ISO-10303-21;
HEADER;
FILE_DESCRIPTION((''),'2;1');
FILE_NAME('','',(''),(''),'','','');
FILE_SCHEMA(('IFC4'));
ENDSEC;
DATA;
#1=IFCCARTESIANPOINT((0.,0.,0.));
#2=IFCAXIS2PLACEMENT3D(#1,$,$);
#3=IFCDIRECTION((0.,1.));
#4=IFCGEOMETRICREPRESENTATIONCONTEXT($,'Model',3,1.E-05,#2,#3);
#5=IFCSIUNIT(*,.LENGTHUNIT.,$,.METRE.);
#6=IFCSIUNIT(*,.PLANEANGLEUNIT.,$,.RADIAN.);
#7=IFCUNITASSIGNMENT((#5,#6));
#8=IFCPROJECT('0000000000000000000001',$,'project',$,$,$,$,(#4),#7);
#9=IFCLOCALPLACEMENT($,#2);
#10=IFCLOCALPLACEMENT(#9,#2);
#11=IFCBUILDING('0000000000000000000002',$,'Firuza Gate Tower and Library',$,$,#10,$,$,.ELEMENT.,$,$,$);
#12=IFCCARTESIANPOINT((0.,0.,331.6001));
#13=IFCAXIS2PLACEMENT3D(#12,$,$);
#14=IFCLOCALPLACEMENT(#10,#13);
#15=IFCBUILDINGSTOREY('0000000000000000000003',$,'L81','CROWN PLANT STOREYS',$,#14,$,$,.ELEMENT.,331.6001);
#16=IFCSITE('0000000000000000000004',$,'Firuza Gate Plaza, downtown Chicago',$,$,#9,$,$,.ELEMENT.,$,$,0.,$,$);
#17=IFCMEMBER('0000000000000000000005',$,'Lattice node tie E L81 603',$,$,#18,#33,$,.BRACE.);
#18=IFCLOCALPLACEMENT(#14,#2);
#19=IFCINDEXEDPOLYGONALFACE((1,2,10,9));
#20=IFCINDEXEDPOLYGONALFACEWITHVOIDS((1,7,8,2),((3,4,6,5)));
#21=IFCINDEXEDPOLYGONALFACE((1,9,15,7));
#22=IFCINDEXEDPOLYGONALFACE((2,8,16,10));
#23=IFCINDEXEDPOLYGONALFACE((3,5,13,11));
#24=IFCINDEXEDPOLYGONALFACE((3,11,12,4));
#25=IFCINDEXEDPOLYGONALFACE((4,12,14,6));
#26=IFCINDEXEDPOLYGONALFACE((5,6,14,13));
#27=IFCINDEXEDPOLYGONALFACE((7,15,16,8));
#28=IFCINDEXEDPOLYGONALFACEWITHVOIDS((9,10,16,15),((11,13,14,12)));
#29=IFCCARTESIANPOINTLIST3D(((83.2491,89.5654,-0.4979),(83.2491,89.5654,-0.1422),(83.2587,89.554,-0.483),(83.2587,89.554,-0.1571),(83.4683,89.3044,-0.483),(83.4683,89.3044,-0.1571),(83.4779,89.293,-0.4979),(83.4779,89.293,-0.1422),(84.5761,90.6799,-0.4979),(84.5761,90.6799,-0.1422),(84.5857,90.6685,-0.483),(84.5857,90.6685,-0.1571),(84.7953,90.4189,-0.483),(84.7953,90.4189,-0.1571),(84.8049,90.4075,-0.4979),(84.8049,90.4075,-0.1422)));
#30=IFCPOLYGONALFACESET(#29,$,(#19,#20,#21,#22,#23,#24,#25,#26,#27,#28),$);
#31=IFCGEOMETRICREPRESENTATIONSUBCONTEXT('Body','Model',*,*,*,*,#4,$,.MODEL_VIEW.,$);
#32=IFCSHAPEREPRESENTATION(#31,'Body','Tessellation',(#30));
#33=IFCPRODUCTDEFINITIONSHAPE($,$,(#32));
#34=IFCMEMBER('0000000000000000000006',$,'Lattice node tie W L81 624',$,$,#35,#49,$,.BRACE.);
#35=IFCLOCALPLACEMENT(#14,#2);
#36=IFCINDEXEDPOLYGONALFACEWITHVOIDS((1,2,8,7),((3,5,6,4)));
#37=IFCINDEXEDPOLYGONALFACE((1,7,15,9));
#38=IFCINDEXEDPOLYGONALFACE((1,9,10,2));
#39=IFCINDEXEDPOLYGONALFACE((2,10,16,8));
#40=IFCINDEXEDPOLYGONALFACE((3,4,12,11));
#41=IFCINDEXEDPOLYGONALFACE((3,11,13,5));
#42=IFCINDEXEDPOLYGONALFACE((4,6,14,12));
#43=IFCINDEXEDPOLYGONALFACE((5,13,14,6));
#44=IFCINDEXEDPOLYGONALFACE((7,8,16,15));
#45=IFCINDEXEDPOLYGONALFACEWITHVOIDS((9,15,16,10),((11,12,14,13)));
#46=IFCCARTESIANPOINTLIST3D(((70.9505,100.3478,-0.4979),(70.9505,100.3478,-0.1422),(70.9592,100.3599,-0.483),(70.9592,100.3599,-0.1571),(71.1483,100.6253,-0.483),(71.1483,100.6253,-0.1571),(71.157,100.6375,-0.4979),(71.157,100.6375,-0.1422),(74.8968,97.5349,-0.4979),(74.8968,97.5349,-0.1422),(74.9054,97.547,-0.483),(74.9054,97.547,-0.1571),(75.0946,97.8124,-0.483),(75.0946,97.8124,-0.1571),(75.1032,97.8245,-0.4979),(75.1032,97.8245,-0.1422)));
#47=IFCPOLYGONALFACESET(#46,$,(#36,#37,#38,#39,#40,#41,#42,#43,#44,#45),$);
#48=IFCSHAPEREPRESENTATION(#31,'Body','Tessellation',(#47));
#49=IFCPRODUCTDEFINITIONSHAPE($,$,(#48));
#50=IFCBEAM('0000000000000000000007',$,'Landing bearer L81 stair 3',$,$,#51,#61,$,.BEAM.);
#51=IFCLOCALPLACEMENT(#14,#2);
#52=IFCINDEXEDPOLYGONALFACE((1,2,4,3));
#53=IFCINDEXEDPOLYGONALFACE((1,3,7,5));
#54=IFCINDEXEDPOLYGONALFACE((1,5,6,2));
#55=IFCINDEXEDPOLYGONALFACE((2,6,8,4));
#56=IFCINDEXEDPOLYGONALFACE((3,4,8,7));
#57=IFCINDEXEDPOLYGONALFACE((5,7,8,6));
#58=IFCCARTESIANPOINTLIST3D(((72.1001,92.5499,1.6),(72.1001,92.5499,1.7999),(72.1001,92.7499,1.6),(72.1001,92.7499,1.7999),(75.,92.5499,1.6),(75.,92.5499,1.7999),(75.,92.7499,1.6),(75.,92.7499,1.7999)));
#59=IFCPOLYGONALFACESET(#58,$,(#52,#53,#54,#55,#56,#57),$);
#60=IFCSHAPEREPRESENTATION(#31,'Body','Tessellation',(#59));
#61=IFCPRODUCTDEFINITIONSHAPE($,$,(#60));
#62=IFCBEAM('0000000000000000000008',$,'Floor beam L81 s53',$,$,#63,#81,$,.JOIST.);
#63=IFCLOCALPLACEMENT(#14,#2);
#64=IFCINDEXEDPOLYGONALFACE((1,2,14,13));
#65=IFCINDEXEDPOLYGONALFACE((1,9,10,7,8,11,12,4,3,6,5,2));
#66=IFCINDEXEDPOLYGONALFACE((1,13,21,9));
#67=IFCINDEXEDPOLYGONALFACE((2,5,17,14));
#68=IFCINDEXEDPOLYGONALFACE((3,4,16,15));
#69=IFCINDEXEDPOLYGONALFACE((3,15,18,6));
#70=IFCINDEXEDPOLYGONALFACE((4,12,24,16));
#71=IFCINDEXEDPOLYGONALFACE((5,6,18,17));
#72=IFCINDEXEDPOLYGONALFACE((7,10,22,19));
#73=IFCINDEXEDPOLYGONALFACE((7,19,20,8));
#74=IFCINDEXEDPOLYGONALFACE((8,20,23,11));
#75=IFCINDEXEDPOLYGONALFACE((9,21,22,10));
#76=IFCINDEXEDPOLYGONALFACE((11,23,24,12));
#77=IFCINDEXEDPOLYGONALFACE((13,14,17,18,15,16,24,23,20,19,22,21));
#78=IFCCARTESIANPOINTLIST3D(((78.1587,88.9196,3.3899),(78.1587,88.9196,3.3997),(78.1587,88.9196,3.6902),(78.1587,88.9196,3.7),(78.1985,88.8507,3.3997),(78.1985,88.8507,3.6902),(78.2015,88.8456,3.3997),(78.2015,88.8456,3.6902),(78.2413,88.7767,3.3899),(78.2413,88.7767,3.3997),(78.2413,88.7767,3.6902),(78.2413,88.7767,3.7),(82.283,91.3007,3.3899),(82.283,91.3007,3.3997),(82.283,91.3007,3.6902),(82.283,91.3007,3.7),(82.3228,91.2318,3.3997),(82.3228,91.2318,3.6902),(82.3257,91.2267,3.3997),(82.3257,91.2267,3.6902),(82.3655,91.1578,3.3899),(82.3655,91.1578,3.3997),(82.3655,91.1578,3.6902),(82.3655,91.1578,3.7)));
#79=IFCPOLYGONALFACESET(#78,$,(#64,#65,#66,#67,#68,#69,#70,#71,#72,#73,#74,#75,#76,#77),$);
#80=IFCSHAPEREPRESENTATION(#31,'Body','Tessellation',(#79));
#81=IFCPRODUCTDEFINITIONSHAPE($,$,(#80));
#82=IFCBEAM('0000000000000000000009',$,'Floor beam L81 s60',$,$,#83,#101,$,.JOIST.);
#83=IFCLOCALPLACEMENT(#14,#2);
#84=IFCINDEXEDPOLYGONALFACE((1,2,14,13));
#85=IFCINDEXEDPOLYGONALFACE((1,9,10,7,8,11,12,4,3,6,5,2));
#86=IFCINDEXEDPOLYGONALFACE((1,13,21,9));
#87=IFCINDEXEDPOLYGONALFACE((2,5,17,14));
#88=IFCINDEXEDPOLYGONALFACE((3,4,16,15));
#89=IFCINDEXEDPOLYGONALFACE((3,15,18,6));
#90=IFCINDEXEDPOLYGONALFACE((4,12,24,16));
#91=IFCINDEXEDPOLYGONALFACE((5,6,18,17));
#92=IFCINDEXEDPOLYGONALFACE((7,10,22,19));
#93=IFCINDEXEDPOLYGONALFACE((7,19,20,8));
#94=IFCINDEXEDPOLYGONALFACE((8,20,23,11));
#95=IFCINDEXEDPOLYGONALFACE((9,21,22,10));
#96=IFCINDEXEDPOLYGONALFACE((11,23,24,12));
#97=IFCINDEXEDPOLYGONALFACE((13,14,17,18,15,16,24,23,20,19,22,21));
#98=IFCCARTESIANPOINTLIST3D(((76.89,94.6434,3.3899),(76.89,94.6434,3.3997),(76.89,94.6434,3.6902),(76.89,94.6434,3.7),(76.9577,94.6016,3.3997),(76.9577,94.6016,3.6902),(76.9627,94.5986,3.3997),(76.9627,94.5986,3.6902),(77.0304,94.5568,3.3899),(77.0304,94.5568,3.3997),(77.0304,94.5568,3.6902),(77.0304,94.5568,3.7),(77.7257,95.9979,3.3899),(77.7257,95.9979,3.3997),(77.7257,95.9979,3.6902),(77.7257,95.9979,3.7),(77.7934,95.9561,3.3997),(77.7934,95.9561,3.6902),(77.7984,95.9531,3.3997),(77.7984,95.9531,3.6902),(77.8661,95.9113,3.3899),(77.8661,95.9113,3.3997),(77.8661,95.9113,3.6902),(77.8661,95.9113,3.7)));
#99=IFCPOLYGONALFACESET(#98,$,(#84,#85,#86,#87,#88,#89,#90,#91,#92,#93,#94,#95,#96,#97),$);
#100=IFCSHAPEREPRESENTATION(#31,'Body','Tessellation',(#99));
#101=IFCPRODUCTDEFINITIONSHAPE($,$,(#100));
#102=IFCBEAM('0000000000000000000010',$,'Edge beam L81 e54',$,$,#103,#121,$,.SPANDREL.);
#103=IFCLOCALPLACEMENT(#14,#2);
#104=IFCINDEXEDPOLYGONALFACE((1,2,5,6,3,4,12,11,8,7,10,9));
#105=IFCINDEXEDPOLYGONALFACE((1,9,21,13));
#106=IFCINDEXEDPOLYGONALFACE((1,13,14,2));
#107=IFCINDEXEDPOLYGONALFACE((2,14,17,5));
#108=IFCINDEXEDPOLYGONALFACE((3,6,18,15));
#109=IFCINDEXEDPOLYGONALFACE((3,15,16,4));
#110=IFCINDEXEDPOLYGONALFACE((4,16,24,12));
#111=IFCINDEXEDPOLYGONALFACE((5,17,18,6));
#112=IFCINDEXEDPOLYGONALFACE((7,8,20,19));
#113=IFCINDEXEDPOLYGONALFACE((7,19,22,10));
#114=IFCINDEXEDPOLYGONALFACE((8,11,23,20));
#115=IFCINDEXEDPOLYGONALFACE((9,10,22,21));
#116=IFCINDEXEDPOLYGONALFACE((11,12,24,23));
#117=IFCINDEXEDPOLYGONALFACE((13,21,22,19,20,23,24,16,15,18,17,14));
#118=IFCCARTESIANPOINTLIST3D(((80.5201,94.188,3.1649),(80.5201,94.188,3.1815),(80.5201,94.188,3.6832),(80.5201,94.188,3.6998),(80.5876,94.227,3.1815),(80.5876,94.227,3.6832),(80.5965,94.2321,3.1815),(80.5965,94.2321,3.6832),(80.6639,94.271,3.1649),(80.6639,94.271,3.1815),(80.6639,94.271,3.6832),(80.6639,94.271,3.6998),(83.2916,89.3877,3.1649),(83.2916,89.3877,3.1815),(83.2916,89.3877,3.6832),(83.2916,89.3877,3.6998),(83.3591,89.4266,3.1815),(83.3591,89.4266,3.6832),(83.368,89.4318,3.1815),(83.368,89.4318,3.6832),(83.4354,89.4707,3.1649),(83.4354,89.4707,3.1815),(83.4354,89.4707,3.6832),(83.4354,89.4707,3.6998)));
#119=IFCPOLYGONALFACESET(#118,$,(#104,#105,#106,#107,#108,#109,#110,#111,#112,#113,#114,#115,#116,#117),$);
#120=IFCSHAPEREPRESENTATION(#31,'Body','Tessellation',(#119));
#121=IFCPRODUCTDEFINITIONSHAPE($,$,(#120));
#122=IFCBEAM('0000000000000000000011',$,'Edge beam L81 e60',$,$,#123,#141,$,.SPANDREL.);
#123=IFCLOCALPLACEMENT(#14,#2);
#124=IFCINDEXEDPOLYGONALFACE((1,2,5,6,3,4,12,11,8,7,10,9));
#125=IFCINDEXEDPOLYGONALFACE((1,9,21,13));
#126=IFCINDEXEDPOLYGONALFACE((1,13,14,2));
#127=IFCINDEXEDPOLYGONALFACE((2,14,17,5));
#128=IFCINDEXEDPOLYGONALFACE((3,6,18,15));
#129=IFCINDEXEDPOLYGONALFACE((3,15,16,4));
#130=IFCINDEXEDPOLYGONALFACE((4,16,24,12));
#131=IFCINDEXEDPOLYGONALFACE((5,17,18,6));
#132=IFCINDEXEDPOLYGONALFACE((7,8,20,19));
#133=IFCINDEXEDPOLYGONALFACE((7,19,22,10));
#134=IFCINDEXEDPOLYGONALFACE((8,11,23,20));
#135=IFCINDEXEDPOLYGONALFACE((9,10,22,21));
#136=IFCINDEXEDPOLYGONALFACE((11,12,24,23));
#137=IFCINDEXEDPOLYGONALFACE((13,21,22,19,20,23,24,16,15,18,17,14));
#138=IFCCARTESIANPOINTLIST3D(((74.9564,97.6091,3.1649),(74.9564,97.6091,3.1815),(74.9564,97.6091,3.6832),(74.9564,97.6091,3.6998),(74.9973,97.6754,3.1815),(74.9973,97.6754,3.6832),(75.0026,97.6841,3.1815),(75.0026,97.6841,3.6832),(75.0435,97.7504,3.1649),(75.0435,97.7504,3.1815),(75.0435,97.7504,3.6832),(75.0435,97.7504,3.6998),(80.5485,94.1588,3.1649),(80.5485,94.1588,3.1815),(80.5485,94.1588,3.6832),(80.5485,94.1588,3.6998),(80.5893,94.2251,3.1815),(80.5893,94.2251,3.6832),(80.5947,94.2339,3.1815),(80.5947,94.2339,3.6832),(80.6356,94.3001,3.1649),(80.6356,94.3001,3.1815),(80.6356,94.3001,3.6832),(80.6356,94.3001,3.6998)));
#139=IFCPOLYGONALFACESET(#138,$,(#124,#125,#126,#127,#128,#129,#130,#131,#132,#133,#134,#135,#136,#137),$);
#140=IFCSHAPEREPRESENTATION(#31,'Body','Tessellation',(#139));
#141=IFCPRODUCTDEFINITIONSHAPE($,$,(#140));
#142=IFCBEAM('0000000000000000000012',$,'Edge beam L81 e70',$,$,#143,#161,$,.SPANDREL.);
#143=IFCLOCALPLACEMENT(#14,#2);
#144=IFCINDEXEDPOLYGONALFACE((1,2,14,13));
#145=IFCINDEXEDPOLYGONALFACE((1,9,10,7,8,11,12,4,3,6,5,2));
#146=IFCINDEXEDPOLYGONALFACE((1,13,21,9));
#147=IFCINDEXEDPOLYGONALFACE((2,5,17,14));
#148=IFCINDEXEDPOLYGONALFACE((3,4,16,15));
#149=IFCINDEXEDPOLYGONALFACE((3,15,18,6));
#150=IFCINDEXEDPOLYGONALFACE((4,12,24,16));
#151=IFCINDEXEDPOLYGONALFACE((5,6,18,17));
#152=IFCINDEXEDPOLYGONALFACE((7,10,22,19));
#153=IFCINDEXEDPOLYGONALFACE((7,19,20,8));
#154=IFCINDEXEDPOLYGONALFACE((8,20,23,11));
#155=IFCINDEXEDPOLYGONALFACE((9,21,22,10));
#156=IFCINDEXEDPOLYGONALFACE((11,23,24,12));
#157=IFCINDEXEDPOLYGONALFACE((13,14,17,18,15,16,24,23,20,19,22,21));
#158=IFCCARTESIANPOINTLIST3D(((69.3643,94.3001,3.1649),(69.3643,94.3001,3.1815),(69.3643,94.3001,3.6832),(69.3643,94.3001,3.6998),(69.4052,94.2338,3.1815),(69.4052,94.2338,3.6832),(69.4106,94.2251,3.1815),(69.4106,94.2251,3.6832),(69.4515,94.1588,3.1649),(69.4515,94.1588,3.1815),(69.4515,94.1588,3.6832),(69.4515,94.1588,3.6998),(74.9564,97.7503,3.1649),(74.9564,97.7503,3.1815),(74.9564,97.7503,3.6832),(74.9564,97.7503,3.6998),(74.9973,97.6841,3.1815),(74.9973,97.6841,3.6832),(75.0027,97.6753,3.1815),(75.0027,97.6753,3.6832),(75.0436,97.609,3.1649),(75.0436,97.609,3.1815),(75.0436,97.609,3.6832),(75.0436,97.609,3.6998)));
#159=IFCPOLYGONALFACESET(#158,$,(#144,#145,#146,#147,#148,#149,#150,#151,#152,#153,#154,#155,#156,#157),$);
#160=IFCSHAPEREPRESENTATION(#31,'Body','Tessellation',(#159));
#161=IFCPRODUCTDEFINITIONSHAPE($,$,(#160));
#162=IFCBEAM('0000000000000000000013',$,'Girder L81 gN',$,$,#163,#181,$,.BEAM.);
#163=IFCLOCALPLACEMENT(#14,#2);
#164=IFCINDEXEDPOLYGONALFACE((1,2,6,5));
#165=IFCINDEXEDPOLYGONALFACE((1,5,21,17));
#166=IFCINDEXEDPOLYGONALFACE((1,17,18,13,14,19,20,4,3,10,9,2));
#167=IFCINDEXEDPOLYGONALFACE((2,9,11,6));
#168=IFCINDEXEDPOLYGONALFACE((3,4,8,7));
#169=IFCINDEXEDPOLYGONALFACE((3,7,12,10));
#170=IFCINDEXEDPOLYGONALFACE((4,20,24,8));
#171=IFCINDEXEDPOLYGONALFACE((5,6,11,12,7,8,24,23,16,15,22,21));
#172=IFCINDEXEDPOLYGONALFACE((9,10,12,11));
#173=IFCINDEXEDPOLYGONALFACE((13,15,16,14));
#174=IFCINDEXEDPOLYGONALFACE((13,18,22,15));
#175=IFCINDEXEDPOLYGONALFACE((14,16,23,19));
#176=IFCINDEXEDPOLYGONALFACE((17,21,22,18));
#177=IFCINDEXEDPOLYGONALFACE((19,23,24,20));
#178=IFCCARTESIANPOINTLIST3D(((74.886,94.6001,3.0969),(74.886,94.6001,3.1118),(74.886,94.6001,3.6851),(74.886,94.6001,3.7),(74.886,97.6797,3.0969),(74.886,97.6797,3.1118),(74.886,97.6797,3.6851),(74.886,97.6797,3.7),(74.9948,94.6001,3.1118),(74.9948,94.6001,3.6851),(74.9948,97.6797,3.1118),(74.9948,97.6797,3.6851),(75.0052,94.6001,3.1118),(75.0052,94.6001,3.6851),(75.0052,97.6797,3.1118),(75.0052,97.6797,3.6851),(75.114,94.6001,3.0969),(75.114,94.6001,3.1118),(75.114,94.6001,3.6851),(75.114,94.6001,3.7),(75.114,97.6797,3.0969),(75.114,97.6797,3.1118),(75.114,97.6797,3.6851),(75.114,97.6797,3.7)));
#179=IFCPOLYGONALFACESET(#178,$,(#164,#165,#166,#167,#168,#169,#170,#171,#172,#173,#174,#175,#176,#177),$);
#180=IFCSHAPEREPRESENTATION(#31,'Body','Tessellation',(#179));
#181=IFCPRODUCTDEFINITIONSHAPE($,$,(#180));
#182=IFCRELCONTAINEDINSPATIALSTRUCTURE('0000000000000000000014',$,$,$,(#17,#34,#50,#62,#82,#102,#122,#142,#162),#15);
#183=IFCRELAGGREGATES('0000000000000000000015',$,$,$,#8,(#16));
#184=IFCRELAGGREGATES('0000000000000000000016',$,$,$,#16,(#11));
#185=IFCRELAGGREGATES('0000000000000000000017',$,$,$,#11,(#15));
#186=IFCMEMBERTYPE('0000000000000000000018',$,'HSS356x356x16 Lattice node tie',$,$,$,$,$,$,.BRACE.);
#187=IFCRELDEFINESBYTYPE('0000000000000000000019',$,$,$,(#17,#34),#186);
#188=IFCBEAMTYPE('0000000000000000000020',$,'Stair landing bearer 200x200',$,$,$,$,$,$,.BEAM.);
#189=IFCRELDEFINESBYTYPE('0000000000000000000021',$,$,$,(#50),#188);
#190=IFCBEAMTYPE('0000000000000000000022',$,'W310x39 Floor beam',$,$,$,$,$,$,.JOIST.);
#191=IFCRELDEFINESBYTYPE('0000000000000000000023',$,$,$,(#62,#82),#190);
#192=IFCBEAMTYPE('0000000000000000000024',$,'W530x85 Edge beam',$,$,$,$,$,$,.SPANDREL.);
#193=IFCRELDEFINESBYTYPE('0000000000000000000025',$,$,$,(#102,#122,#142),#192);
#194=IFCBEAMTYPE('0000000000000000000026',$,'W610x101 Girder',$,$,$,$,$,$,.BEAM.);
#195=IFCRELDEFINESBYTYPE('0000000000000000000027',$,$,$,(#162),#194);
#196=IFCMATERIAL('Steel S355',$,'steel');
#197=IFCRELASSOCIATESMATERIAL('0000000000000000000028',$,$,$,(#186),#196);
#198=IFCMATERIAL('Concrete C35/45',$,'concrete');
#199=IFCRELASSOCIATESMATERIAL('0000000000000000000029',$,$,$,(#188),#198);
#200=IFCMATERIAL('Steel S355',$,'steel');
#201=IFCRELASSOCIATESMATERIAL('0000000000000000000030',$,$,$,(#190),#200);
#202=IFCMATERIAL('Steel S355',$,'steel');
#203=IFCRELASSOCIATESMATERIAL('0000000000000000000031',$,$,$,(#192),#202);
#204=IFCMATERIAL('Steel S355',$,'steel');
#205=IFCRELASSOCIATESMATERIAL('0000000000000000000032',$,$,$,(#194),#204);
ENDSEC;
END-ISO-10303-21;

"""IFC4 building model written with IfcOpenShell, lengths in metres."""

from ifc_helpers import new_model, si_unit, direction, frame, origin, origin_2d, place, context, subcontext, project, spatial, rectangle, hollow_rectangle, i_section, extrude, material, material_profile, profile_set, type_object, element, save


model = new_model("IFC4")

# Units and contexts
model_context = context("Model", 3, precision=1e-05, world=origin(), true_north=direction((0.0, 1.0)))
body_context = subcontext(model_context, "Body", "Model", "MODEL_VIEW")
ifc_project = project(units=[si_unit("LENGTHUNIT", "METRE"), si_unit("PLANEANGLEUNIT", "RADIAN")], contexts=[model_context])

# Site, building, storey
site_placement = place(None, origin())
site = spatial("IfcSite", under=ifc_project, at=site_placement, Name="Firuza Gate Plaza, downtown Chicago", CompositionType="ELEMENT", RefElevation=0.0)
building_placement = place(site_placement, origin())
building = spatial("IfcBuilding", under=site, at=building_placement, Name="Firuza Gate Tower and Library", CompositionType="ELEMENT")
storey_placement = place(building_placement, frame((0.0, 0.0, 331.6001)))
storey = spatial("IfcBuildingStorey", under=building, at=storey_placement, Name="L81", Description="CROWN PLANT STOREYS", CompositionType="ELEMENT", Elevation=331.6001)

# Members
ifc_material_1 = material(Name="Steel S355", Category="steel")
ifc_material_profile_1 = material_profile(ifc_material_1, hollow_rectangle(XDim=0.3557, YDim=0.3557, WallThickness=0.0149, at=origin_2d()))
ifc_profile_set_1 = profile_set([ifc_material_profile_1], Name="Steel S355")
member_type_1 = type_object("IfcMemberType", Name="HSS356x356x16 Lattice node tie", PredefinedType="BRACE", material=ifc_profile_set_1)
member_1_placement = place(storey_placement, frame((83.3635, 89.4292, -0.3201), z_axis=(0.765733, 0.643159, 0.0), x_axis=(-0.643159, 0.765733, 0.0)))
element("IfcMember", 1, at=member_1_placement, inside=storey, type_object=member_type_1, Name="Lattice node tie E L81 603", PredefinedType="BRACE", context=body_context, shape_type="SweptSolid", body=[
    extrude(hollow_rectangle(XDim=0.3557, YDim=0.3557, WallThickness=0.0149, at=origin_2d()), origin(), (0.0, 0.0, 1.0), 1.7329),
])
member_2_placement = place(storey_placement, frame((75.0, 97.6797, -0.3201), z_axis=(-0.814298, 0.580447, 0.0), x_axis=(-0.580447, -0.814298, 0.0)))
element("IfcMember", 2, at=member_2_placement, inside=storey, type_object=member_type_1, Name="Lattice node tie W L81 624", PredefinedType="BRACE", context=body_context, shape_type="SweptSolid", body=[
    extrude(hollow_rectangle(XDim=0.3557, YDim=0.3557, WallThickness=0.0149, at=origin_2d()), origin(), (0.0, 0.0, 1.0), 4.8462),
])

# Beams
ifc_material_2 = material(Name="Concrete C35/45", Category="concrete")
ifc_material_profile_2 = material_profile(ifc_material_2, rectangle(XDim=0.2, YDim=0.2, at=origin_2d()))
ifc_profile_set_2 = profile_set([ifc_material_profile_2], Name="Concrete C35/45")
beam_type_1 = type_object("IfcBeamType", Name="Stair landing bearer 200x200", PredefinedType="BEAM", material=ifc_profile_set_2)
beam_1_placement = place(storey_placement, frame((75.0, 92.6499, 1.7), z_axis=(-1.0, 0.0, 0.0), x_axis=(0.0, -1.0, 0.0)))
element("IfcBeam", 3, at=beam_1_placement, inside=storey, type_object=beam_type_1, Name="Landing bearer L81 stair 3", PredefinedType="BEAM", context=body_context, shape_type="SweptSolid", body=[
    extrude(rectangle(XDim=0.2, YDim=0.2, at=origin_2d()), origin(), (0.0, 0.0, 1.0), 2.8999),
])
ifc_material_3 = material(Name="Steel S355", Category="steel")
ifc_material_profile_3 = material_profile(ifc_material_3, i_section(OverallWidth=0.165, OverallDepth=0.3101, WebThickness=0.0059, FlangeThickness=0.0098, at=origin_2d()))
ifc_profile_set_3 = profile_set([ifc_material_profile_3], Name="Steel S355")
beam_type_2 = type_object("IfcBeamType", Name="W310x39 Floor beam", PredefinedType="JOIST", material=ifc_profile_set_3)
beam_2_placement = place(storey_placement, frame((82.3242, 91.2292, 3.5449), z_axis=(-0.866029, -0.499993, 0.0), x_axis=(0.499993, -0.866029, 0.0)))
element("IfcBeam", 4, at=beam_2_placement, inside=storey, type_object=beam_type_2, Name="Floor beam L81 s53", PredefinedType="JOIST", context=body_context, shape_type="SweptSolid", body=[
    extrude(i_section(OverallWidth=0.165, OverallDepth=0.3101, WebThickness=0.0059, FlangeThickness=0.0098, at=origin_2d()), origin(), (0.0, 0.0, 1.0), 4.7622),
])
beam_3_placement = place(storey_placement, frame((77.7959, 95.9546, 3.5449), z_axis=(-0.525081, -0.851052, 0.0), x_axis=(0.851052, -0.525081, 0.0)))
element("IfcBeam", 5, at=beam_3_placement, inside=storey, type_object=beam_type_2, Name="Floor beam L81 s60", PredefinedType="JOIST", context=body_context, shape_type="SweptSolid", body=[
    extrude(i_section(OverallWidth=0.165, OverallDepth=0.3101, WebThickness=0.0059, FlangeThickness=0.0098, at=origin_2d()), origin(), (0.0, 0.0, 1.0), 1.5916),
])
ifc_material_4 = material(Name="Steel S355", Category="steel")
ifc_material_profile_4 = material_profile(ifc_material_4, i_section(OverallWidth=0.166, OverallDepth=0.5349, WebThickness=0.0103, FlangeThickness=0.0166, at=origin_2d()))
ifc_profile_set_4 = profile_set([ifc_material_profile_4], Name="Steel S355")
beam_type_3 = type_object("IfcBeamType", Name="W530x85 Edge beam", PredefinedType="SPANDREL", material=ifc_profile_set_4)
beam_4_placement = place(storey_placement, frame((83.3635, 89.4292, 3.4324), z_axis=(-0.500005, 0.866023, 0.0), x_axis=(-0.866023, -0.500005, 0.0)))
element("IfcBeam", 6, at=beam_4_placement, inside=storey, type_object=beam_type_3, Name="Edge beam L81 e54", PredefinedType="SPANDREL", context=body_context, shape_type="SweptSolid", body=[
    extrude(i_section(OverallWidth=0.166, OverallDepth=0.5349, WebThickness=0.0103, FlangeThickness=0.0166, at=origin_2d()), origin(), (0.0, 0.0, 1.0), 5.543),
])
for number, where, z_axis, x_axis, name in (
    (7, (80.592, 94.2295, 3.4324), (-0.85105, 0.525084, 0.0), (-0.525084, -0.85105, 0.0), "Edge beam L81 e60"),
    (8, (75.0, 97.6797, 3.4324), (-0.85105, -0.525084, 0.0), (0.525084, -0.85105, 0.0), "Edge beam L81 e70"),
):
    element("IfcBeam", number, at=place(storey_placement, frame(where, z_axis=z_axis, x_axis=x_axis)), inside=storey, type_object=beam_type_3, Name=name, PredefinedType="SPANDREL", context=body_context, shape_type="SweptSolid", body=[
        extrude(i_section(OverallWidth=0.166, OverallDepth=0.5349, WebThickness=0.0103, FlangeThickness=0.0166, at=origin_2d()), origin(), (0.0, 0.0, 1.0), 6.5708),
    ])
ifc_material_5 = material(Name="Steel S355", Category="steel")
ifc_material_profile_5 = material_profile(ifc_material_5, i_section(OverallWidth=0.228, OverallDepth=0.603, WebThickness=0.0105, FlangeThickness=0.0149, at=origin_2d()))
ifc_profile_set_5 = profile_set([ifc_material_profile_5], Name="Steel S355")
beam_type_4 = type_object("IfcBeamType", Name="W610x101 Girder", PredefinedType="BEAM", material=ifc_profile_set_5)
beam_5_placement = place(storey_placement, frame((75.0, 97.6797, 3.3984), z_axis=(0.0, -1.0, 0.0), x_axis=(1.0, 0.0, 0.0)))
element("IfcBeam", 9, at=beam_5_placement, inside=storey, type_object=beam_type_4, Name="Girder L81 gN", PredefinedType="BEAM", context=body_context, shape_type="SweptSolid", body=[
    extrude(i_section(OverallWidth=0.228, OverallDepth=0.603, WebThickness=0.0105, FlangeThickness=0.0149, at=origin_2d()), origin(), (0.0, 0.0, 1.0), 3.0796),
])

save(model, "model.ifc")
